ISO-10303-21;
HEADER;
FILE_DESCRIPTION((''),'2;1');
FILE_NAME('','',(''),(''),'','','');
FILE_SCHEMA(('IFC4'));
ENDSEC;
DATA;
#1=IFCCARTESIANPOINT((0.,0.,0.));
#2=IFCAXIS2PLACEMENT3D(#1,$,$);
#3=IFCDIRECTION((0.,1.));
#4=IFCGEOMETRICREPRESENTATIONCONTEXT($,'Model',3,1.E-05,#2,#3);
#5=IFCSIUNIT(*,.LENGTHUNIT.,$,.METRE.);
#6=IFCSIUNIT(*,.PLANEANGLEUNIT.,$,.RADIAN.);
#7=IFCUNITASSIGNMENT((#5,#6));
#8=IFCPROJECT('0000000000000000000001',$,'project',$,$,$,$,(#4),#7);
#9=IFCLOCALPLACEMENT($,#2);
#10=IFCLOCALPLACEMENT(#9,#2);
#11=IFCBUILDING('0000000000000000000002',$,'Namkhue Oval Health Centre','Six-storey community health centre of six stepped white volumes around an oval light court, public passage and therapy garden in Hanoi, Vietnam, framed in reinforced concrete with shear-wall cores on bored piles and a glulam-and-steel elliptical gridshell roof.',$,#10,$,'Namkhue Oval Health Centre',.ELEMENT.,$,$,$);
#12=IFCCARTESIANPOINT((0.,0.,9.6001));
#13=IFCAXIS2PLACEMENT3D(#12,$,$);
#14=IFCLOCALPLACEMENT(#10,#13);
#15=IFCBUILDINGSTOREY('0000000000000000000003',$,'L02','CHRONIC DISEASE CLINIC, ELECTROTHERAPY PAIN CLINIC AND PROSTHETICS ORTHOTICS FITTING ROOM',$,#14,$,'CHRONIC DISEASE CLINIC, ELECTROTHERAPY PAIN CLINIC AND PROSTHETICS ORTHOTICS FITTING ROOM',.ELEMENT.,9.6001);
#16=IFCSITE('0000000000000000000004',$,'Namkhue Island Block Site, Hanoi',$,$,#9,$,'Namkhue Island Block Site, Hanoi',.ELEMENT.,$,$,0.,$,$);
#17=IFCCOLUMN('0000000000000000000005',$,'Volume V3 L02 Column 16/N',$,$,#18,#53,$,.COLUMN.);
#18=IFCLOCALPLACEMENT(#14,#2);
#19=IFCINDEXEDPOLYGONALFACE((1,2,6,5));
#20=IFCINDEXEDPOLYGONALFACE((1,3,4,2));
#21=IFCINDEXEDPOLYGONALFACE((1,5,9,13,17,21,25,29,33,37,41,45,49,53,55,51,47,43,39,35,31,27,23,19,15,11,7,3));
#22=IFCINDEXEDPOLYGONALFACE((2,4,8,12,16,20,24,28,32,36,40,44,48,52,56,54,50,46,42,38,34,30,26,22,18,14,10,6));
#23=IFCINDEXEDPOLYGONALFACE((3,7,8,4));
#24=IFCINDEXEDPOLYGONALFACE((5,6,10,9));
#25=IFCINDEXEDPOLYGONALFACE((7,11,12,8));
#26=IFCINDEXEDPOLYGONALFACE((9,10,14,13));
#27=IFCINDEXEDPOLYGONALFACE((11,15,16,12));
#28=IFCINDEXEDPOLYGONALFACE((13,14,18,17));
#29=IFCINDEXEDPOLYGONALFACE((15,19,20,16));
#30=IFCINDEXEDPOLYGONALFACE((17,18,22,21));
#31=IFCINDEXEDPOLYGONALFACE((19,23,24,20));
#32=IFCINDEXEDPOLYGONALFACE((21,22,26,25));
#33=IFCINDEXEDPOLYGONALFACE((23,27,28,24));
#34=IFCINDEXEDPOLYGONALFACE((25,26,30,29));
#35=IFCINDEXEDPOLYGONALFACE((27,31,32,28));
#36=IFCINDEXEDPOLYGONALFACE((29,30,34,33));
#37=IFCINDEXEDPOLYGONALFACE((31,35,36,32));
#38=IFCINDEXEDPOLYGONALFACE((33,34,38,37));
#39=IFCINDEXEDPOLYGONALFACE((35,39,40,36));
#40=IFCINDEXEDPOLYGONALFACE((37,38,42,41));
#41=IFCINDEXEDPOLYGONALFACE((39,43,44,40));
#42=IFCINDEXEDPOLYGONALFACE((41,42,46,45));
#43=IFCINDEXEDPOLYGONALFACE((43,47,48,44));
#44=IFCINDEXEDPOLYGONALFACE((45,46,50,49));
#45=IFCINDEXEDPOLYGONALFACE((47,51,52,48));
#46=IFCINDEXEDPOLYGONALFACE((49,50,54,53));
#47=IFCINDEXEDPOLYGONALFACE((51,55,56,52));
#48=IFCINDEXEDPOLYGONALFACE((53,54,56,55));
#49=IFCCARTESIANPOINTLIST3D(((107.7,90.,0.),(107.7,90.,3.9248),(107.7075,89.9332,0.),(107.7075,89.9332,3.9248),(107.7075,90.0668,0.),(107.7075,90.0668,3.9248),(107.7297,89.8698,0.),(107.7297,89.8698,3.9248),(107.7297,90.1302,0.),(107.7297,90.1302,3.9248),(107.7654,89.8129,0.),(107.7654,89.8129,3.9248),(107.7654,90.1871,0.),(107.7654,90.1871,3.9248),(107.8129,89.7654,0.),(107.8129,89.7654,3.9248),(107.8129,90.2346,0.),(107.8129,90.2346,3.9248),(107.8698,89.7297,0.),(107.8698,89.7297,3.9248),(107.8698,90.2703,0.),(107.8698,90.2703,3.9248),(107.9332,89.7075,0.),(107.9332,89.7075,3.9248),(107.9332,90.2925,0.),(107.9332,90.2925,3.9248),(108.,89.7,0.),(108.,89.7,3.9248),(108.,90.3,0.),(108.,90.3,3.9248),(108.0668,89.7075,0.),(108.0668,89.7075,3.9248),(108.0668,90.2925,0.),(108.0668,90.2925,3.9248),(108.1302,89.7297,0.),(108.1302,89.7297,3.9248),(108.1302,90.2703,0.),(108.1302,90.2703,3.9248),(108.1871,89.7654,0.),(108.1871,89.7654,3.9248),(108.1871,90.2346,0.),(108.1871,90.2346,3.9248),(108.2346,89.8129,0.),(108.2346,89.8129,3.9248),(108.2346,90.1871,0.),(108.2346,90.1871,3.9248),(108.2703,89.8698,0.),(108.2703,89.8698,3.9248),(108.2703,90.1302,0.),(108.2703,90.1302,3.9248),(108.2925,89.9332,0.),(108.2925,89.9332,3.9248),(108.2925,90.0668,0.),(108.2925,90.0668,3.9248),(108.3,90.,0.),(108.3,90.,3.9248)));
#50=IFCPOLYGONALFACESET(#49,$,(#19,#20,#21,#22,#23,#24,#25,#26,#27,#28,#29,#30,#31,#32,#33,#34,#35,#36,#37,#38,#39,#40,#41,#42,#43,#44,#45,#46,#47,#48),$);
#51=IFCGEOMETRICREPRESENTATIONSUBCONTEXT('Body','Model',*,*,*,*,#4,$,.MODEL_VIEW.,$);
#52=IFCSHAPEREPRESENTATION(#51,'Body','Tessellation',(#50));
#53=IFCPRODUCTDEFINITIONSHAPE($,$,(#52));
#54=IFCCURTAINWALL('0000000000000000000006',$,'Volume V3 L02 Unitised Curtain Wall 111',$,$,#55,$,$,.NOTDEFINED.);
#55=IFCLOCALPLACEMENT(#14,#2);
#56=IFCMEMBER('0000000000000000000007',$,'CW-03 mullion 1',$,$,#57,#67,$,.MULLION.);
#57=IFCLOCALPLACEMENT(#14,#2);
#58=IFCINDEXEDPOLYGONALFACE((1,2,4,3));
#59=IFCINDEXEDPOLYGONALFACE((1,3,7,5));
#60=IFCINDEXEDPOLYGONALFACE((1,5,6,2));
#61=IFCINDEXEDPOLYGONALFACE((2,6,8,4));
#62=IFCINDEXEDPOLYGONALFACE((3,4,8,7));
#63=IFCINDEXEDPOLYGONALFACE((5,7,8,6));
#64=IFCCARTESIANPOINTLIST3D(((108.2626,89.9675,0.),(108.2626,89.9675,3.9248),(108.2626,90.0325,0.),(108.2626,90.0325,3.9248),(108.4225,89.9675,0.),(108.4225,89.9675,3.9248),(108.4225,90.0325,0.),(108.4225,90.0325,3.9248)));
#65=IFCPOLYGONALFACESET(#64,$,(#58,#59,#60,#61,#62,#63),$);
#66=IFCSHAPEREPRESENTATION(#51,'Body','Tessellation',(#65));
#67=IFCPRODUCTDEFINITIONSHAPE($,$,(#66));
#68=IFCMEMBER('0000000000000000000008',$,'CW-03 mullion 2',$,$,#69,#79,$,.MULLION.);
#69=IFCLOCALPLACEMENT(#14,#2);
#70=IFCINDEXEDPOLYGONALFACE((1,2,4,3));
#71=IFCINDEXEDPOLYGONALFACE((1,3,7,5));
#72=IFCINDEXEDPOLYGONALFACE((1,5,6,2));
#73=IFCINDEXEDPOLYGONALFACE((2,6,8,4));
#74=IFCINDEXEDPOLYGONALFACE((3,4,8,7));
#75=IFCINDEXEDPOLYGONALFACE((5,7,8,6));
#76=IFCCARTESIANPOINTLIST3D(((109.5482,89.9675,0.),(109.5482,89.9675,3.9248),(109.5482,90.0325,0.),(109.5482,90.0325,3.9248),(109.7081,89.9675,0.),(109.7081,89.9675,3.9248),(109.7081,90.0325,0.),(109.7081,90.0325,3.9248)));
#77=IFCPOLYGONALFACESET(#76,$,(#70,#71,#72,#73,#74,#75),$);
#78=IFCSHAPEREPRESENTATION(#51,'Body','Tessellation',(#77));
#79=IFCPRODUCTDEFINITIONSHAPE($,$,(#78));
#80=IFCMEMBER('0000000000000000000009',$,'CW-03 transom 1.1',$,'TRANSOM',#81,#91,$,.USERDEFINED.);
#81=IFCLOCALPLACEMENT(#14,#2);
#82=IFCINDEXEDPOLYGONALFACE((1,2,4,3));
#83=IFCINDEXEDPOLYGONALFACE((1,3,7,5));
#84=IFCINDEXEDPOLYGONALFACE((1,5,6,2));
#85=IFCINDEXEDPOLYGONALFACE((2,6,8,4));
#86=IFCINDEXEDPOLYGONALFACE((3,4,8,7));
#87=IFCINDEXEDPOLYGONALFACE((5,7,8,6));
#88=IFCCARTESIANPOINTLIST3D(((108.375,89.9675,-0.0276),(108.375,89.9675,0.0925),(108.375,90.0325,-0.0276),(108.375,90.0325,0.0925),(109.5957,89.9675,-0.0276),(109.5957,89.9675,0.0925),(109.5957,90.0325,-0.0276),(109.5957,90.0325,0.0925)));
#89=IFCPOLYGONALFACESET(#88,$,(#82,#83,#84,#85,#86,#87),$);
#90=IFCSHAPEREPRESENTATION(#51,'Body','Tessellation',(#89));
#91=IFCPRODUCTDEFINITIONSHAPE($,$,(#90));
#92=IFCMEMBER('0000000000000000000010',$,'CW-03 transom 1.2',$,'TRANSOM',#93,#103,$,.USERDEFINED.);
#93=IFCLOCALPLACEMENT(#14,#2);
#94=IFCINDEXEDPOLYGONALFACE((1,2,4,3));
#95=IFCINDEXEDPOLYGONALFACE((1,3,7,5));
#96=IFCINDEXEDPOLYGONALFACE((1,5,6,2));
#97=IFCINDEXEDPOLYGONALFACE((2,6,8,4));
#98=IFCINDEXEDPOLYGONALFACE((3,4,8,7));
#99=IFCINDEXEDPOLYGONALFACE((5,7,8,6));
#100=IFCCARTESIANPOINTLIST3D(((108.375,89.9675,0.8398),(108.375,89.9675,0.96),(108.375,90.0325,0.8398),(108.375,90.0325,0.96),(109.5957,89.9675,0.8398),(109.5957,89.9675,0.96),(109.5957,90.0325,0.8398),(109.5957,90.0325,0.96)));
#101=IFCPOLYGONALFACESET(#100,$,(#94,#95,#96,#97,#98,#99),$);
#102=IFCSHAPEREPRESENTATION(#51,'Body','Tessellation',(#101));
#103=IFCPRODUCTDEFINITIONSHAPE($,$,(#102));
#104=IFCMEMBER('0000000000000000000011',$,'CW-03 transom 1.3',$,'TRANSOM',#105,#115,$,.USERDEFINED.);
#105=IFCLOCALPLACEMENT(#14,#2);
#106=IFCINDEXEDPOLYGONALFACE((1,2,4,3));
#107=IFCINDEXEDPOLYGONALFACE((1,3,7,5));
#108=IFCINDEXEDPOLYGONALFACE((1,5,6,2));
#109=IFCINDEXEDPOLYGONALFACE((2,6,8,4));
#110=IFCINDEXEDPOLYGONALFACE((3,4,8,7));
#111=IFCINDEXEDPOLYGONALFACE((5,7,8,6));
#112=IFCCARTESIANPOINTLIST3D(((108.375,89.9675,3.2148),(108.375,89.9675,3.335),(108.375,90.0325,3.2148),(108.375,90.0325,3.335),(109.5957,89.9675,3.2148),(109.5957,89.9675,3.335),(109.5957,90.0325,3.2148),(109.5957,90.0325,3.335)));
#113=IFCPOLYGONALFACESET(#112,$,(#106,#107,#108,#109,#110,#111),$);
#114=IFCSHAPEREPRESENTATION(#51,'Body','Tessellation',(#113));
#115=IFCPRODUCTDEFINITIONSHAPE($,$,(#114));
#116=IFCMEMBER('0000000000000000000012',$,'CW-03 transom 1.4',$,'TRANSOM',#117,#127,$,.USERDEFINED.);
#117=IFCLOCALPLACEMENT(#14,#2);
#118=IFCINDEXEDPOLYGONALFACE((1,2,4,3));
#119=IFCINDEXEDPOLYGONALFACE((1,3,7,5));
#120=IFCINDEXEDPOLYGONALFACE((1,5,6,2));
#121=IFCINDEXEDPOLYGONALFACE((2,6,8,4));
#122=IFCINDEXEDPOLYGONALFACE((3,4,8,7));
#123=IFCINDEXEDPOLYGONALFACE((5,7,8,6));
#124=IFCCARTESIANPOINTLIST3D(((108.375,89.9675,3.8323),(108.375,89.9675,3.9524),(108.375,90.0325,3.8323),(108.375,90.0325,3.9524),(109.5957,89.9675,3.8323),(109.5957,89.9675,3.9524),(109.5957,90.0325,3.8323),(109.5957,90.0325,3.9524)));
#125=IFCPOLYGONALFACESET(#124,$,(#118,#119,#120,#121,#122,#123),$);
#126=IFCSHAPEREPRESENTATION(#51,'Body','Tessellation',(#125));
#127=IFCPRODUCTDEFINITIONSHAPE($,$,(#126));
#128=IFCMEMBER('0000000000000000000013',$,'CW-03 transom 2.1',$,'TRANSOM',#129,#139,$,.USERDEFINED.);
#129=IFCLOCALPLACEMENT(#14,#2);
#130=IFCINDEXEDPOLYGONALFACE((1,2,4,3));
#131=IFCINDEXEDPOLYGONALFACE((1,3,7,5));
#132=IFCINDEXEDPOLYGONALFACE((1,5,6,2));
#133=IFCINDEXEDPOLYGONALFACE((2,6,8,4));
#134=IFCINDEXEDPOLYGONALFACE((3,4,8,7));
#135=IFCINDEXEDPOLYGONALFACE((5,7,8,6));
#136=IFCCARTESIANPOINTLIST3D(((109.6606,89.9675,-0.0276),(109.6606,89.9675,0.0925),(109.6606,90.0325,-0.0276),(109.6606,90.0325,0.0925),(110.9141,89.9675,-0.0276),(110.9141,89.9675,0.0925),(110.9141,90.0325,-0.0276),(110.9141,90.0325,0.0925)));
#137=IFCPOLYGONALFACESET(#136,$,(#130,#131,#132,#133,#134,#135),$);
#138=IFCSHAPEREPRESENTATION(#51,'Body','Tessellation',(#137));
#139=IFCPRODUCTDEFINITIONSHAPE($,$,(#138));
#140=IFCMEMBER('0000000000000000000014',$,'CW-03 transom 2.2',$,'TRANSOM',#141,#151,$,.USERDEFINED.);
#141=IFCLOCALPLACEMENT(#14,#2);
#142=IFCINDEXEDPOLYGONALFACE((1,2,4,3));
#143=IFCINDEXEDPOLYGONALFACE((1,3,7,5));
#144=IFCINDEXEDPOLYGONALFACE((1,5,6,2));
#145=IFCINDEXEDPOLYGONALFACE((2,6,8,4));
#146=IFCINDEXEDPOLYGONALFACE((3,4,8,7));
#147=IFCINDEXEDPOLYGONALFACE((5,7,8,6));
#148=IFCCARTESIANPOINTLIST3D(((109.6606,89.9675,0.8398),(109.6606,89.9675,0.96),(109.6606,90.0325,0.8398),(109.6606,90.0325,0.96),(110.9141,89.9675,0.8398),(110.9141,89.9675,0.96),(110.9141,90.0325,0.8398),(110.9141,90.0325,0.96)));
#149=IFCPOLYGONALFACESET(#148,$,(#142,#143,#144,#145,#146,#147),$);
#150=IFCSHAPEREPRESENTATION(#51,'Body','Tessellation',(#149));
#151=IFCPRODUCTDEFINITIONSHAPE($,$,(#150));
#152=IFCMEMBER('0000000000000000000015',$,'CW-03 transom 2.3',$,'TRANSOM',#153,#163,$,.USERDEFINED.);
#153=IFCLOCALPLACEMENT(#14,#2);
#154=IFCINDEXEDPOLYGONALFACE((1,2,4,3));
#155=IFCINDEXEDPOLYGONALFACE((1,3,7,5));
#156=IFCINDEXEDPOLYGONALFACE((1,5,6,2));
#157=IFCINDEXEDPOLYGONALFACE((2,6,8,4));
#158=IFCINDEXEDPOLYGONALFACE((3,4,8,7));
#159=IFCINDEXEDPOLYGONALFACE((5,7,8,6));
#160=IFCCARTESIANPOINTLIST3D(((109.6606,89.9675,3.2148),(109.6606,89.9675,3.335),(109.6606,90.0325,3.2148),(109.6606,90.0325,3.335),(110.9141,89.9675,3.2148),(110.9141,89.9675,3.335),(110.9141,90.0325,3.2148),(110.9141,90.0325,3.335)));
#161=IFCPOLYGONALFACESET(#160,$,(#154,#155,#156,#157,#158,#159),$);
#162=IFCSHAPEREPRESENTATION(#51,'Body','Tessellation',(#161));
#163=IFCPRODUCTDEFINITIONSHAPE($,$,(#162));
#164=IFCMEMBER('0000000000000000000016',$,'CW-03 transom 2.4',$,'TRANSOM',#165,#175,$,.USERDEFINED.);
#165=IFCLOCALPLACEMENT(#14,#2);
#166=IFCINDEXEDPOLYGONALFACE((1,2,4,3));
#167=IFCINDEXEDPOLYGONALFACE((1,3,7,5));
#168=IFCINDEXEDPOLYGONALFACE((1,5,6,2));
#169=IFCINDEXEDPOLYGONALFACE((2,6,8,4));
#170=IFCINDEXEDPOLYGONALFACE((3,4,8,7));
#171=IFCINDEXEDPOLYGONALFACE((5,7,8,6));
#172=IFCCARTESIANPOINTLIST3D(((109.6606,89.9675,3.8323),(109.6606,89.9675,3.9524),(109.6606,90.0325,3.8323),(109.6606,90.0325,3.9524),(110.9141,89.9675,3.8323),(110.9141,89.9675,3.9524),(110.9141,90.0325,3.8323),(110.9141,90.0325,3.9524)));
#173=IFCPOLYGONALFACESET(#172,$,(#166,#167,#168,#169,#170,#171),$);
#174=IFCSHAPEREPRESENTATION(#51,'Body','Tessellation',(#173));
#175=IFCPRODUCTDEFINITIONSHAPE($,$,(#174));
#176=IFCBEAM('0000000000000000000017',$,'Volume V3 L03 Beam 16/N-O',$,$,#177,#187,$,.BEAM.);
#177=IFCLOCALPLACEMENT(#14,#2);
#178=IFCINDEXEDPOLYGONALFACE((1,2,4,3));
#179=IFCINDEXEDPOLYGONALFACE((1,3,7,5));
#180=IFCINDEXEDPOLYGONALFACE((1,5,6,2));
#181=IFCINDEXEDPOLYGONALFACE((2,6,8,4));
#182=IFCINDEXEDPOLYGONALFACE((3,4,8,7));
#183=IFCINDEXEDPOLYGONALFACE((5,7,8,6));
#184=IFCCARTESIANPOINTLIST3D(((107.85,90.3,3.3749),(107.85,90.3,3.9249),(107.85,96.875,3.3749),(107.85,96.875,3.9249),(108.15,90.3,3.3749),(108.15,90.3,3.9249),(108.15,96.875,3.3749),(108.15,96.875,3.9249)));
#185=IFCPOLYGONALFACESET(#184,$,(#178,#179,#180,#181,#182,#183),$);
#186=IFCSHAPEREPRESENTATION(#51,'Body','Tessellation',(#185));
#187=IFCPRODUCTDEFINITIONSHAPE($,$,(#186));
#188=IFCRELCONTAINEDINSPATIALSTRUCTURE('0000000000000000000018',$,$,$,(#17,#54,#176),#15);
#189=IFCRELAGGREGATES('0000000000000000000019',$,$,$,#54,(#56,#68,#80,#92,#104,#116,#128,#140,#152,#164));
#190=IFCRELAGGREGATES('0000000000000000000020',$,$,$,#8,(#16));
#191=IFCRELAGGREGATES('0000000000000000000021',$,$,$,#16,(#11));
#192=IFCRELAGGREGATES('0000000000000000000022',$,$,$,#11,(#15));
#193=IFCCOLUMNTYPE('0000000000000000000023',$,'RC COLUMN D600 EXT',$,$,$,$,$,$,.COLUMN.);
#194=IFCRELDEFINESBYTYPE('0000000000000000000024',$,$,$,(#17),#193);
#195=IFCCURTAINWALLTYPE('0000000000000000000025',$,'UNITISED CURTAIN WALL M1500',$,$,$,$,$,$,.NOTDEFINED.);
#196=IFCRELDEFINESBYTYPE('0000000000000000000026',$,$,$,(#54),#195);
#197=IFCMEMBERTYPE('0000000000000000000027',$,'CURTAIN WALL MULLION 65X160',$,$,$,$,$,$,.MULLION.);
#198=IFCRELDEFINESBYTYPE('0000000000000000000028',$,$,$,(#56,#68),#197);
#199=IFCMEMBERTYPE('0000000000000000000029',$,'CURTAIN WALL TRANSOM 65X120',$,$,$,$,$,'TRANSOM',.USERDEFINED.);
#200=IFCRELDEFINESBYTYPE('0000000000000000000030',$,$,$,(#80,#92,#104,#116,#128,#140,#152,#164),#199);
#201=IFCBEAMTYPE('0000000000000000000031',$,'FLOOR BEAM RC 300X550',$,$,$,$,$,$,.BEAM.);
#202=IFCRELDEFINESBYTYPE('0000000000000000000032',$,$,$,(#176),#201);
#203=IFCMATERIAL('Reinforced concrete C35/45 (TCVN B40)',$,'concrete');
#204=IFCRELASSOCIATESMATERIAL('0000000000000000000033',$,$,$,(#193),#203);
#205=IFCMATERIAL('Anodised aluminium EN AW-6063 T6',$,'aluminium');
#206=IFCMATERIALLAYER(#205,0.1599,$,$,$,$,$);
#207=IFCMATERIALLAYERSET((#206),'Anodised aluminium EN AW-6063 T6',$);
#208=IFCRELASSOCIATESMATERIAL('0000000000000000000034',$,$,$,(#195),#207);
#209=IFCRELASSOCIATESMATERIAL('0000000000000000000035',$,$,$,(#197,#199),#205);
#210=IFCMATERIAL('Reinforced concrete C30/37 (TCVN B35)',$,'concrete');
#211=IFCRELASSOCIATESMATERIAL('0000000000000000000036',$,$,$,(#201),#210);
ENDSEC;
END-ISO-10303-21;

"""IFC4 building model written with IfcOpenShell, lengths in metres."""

from ifc_helpers import new_model, si_unit, direction, frame, origin, origin_2d, place, context, subcontext, project, spatial, rectangle, circle, extrude, material, layer, layer_set, material_profile, profile_set, type_object, element, aggregate, save


model = new_model("IFC4")

# Units and contexts
model_context = context("Model", 3, precision=1e-05, world=origin(), true_north=direction((0.0, 1.0)))
body_context = subcontext(model_context, "Body", "Model", "MODEL_VIEW")
ifc_project = project(units=[si_unit("LENGTHUNIT", "METRE"), si_unit("PLANEANGLEUNIT", "RADIAN")], contexts=[model_context])

# Site, building, storey
site_placement = place(None, origin())
site = spatial("IfcSite", under=ifc_project, at=site_placement, Name="Namkhue Island Block Site, Hanoi", LongName="Namkhue Island Block Site, Hanoi", CompositionType="ELEMENT", RefElevation=0.0)
building_placement = place(site_placement, origin())
building = spatial("IfcBuilding", under=site, at=building_placement, Name="Namkhue Oval Health Centre", Description="Six-storey community health centre of six stepped white volumes around an oval light court, public passage and therapy garden in Hanoi, Vietnam, framed in reinforced concrete with shear-wall cores on bored piles and a glulam-and-steel elliptical gridshell roof.", LongName="Namkhue Oval Health Centre", CompositionType="ELEMENT")
storey_placement = place(building_placement, frame((0.0, 0.0, 9.6001)))
storey = spatial("IfcBuildingStorey", under=building, at=storey_placement, Name="L02", Description="CHRONIC DISEASE CLINIC, ELECTROTHERAPY PAIN CLINIC AND PROSTHETICS ORTHOTICS FITTING ROOM", LongName="CHRONIC DISEASE CLINIC, ELECTROTHERAPY PAIN CLINIC AND PROSTHETICS ORTHOTICS FITTING ROOM", CompositionType="ELEMENT", Elevation=9.6001)

# Column
ifc_material_1 = material(Name="Reinforced concrete C35/45 (TCVN B40)", Category="concrete")
ifc_material_profile_1 = material_profile(ifc_material_1, circle(Radius=0.3, at=origin_2d()), Name="RC D600")
ifc_profile_set_1 = profile_set([ifc_material_profile_1], Name="Reinforced concrete C35/45 (TCVN B40)")
column_type = type_object("IfcColumnType", Name="RC COLUMN D600 EXT", PredefinedType="COLUMN", material=ifc_profile_set_1)
column_placement = place(storey_placement, frame((108.0, 90.0, 0.0), z_axis=(0.0, 0.0, 1.0), x_axis=(1.0, 0.0, 0.0)))
element("IfcColumn", 1, at=column_placement, inside=storey, type_object=column_type, Name="Volume V3 L02 Column 16/N", PredefinedType="COLUMN", context=body_context, shape_type="SweptSolid", body=[
    extrude(circle(Radius=0.3, at=origin_2d()), origin(), (0.0, 0.0, 1.0), 3.9248),
])

# Curtain wall, members
ifc_material_2 = material(Name="Anodised aluminium EN AW-6063 T6", Category="aluminium")
ifc_layer_1 = layer(ifc_material_2, 0.1599)
ifc_layer_set_1 = layer_set([ifc_layer_1], Name="Anodised aluminium EN AW-6063 T6")
curtain_wall_type = type_object("IfcCurtainWallType", Name="UNITISED CURTAIN WALL M1500", PredefinedType="NOTDEFINED", material=ifc_layer_set_1)
curtain_wall_placement = place(storey_placement, origin())
curtain_wall = element("IfcCurtainWall", 2, at=curtain_wall_placement, inside=storey, type_object=curtain_wall_type, Name="Volume V3 L02 Unitised Curtain Wall 111", PredefinedType="NOTDEFINED")
ifc_material_profile_2 = material_profile(ifc_material_2, rectangle(XDim=0.0649, YDim=0.1599, at=origin_2d()), Name="ALU 65x160")
ifc_profile_set_2 = profile_set([ifc_material_profile_2], Name="Anodised aluminium EN AW-6063 T6")
member_type_1 = type_object("IfcMemberType", Name="CURTAIN WALL MULLION 65X160", PredefinedType="MULLION", material=ifc_profile_set_2)
member_1_placement = place(storey_placement, frame((108.3425, 90.0, 0.0), z_axis=(0.0, 0.0, 1.0), x_axis=(0.0, 1.0, 0.0)))
member_1 = element("IfcMember", 3, at=member_1_placement, type_object=member_type_1, Name="CW-03 mullion 1", PredefinedType="MULLION", context=body_context, shape_type="SweptSolid", body=[
    extrude(rectangle(XDim=0.0649, YDim=0.1599, at=origin_2d()), origin(), (0.0, 0.0, 1.0), 3.9248),
])
member_2_placement = place(storey_placement, frame((109.6282, 90.0, 0.0), z_axis=(0.0, 0.0, 1.0), x_axis=(0.0, 1.0, 0.0)))
member_2 = element("IfcMember", 4, at=member_2_placement, type_object=member_type_1, Name="CW-03 mullion 2", PredefinedType="MULLION", context=body_context, shape_type="SweptSolid", body=[
    extrude(rectangle(XDim=0.0649, YDim=0.1599, at=origin_2d()), origin(), (0.0, 0.0, 1.0), 3.9248),
])
ifc_material_profile_3 = material_profile(ifc_material_2, rectangle(XDim=0.0649, YDim=0.1201, at=origin_2d()), Name="ALU 65x120")
ifc_profile_set_3 = profile_set([ifc_material_profile_3], Name="Anodised aluminium EN AW-6063 T6")
member_type_2 = type_object("IfcMemberType", Name="CURTAIN WALL TRANSOM 65X120", ElementType="TRANSOM", PredefinedType="USERDEFINED", material=ifc_profile_set_3)
member_3_placement = place(storey_placement, frame((108.375, 90.0, 0.0325), z_axis=(1.0, 0.0, 0.0), x_axis=(0.0, 1.0, 0.0)))
member_3 = element("IfcMember", 5, at=member_3_placement, type_object=member_type_2, Name="CW-03 transom 1.1", ObjectType="TRANSOM", PredefinedType="USERDEFINED", context=body_context, shape_type="SweptSolid", body=[
    extrude(rectangle(XDim=0.0649, YDim=0.1201, at=origin_2d()), origin(), (0.0, 0.0, 1.0), 1.2207),
])
member_4_placement = place(storey_placement, frame((108.375, 90.0, 0.8999), z_axis=(1.0, 0.0, 0.0), x_axis=(0.0, 1.0, 0.0)))
member_4 = element("IfcMember", 6, at=member_4_placement, type_object=member_type_2, Name="CW-03 transom 1.2", ObjectType="TRANSOM", PredefinedType="USERDEFINED", context=body_context, shape_type="SweptSolid", body=[
    extrude(rectangle(XDim=0.0649, YDim=0.1201, at=origin_2d()), origin(), (0.0, 0.0, 1.0), 1.2207),
])
member_5_placement = place(storey_placement, frame((108.375, 90.0, 3.2749), z_axis=(1.0, 0.0, 0.0), x_axis=(0.0, 1.0, 0.0)))
member_5 = element("IfcMember", 7, at=member_5_placement, type_object=member_type_2, Name="CW-03 transom 1.3", ObjectType="TRANSOM", PredefinedType="USERDEFINED", context=body_context, shape_type="SweptSolid", body=[
    extrude(rectangle(XDim=0.0649, YDim=0.1201, at=origin_2d()), origin(), (0.0, 0.0, 1.0), 1.2207),
])
member_6_placement = place(storey_placement, frame((108.375, 90.0, 3.8923), z_axis=(1.0, 0.0, 0.0), x_axis=(0.0, 1.0, 0.0)))
member_6 = element("IfcMember", 8, at=member_6_placement, type_object=member_type_2, Name="CW-03 transom 1.4", ObjectType="TRANSOM", PredefinedType="USERDEFINED", context=body_context, shape_type="SweptSolid", body=[
    extrude(rectangle(XDim=0.0649, YDim=0.1201, at=origin_2d()), origin(), (0.0, 0.0, 1.0), 1.2207),
])
member_7_placement = place(storey_placement, frame((109.6606, 90.0, 0.0325), z_axis=(1.0, 0.0, 0.0), x_axis=(0.0, 1.0, 0.0)))
member_7 = element("IfcMember", 9, at=member_7_placement, type_object=member_type_2, Name="CW-03 transom 2.1", ObjectType="TRANSOM", PredefinedType="USERDEFINED", context=body_context, shape_type="SweptSolid", body=[
    extrude(rectangle(XDim=0.0649, YDim=0.1201, at=origin_2d()), origin(), (0.0, 0.0, 1.0), 1.2534),
])
member_8_placement = place(storey_placement, frame((109.6606, 90.0, 0.8999), z_axis=(1.0, 0.0, 0.0), x_axis=(0.0, 1.0, 0.0)))
member_8 = element("IfcMember", 10, at=member_8_placement, type_object=member_type_2, Name="CW-03 transom 2.2", ObjectType="TRANSOM", PredefinedType="USERDEFINED", context=body_context, shape_type="SweptSolid", body=[
    extrude(rectangle(XDim=0.0649, YDim=0.1201, at=origin_2d()), origin(), (0.0, 0.0, 1.0), 1.2534),
])
member_9_placement = place(storey_placement, frame((109.6606, 90.0, 3.2749), z_axis=(1.0, 0.0, 0.0), x_axis=(0.0, 1.0, 0.0)))
member_9 = element("IfcMember", 11, at=member_9_placement, type_object=member_type_2, Name="CW-03 transom 2.3", ObjectType="TRANSOM", PredefinedType="USERDEFINED", context=body_context, shape_type="SweptSolid", body=[
    extrude(rectangle(XDim=0.0649, YDim=0.1201, at=origin_2d()), origin(), (0.0, 0.0, 1.0), 1.2534),
])
member_10_placement = place(storey_placement, frame((109.6606, 90.0, 3.8923), z_axis=(1.0, 0.0, 0.0), x_axis=(0.0, 1.0, 0.0)))
member_10 = element("IfcMember", 12, at=member_10_placement, type_object=member_type_2, Name="CW-03 transom 2.4", ObjectType="TRANSOM", PredefinedType="USERDEFINED", context=body_context, shape_type="SweptSolid", body=[
    extrude(rectangle(XDim=0.0649, YDim=0.1201, at=origin_2d()), origin(), (0.0, 0.0, 1.0), 1.2534),
])

# Beam
ifc_material_3 = material(Name="Reinforced concrete C30/37 (TCVN B35)", Category="concrete")
ifc_material_profile_4 = material_profile(ifc_material_3, rectangle(XDim=0.3, YDim=0.55, at=origin_2d()), Name="RC 300x550")
ifc_profile_set_4 = profile_set([ifc_material_profile_4], Name="Reinforced concrete C30/37 (TCVN B35)")
beam_type = type_object("IfcBeamType", Name="FLOOR BEAM RC 300X550", PredefinedType="BEAM", material=ifc_profile_set_4)
beam_placement = place(storey_placement, frame((108.0, 90.3, 3.6499), z_axis=(0.0, 1.0, 0.0), x_axis=(-1.0, 0.0, 0.0)))
element("IfcBeam", 13, at=beam_placement, inside=storey, type_object=beam_type, Name="Volume V3 L03 Beam 16/N-O", PredefinedType="BEAM", context=body_context, shape_type="SweptSolid", body=[
    extrude(rectangle(XDim=0.3, YDim=0.55, at=origin_2d()), origin(), (0.0, 0.0, 1.0), 6.575),
])

aggregate(curtain_wall, [member_1, member_2, member_3, member_4, member_5, member_6, member_7, member_8, member_9, member_10])

save(model, "model.ifc")
